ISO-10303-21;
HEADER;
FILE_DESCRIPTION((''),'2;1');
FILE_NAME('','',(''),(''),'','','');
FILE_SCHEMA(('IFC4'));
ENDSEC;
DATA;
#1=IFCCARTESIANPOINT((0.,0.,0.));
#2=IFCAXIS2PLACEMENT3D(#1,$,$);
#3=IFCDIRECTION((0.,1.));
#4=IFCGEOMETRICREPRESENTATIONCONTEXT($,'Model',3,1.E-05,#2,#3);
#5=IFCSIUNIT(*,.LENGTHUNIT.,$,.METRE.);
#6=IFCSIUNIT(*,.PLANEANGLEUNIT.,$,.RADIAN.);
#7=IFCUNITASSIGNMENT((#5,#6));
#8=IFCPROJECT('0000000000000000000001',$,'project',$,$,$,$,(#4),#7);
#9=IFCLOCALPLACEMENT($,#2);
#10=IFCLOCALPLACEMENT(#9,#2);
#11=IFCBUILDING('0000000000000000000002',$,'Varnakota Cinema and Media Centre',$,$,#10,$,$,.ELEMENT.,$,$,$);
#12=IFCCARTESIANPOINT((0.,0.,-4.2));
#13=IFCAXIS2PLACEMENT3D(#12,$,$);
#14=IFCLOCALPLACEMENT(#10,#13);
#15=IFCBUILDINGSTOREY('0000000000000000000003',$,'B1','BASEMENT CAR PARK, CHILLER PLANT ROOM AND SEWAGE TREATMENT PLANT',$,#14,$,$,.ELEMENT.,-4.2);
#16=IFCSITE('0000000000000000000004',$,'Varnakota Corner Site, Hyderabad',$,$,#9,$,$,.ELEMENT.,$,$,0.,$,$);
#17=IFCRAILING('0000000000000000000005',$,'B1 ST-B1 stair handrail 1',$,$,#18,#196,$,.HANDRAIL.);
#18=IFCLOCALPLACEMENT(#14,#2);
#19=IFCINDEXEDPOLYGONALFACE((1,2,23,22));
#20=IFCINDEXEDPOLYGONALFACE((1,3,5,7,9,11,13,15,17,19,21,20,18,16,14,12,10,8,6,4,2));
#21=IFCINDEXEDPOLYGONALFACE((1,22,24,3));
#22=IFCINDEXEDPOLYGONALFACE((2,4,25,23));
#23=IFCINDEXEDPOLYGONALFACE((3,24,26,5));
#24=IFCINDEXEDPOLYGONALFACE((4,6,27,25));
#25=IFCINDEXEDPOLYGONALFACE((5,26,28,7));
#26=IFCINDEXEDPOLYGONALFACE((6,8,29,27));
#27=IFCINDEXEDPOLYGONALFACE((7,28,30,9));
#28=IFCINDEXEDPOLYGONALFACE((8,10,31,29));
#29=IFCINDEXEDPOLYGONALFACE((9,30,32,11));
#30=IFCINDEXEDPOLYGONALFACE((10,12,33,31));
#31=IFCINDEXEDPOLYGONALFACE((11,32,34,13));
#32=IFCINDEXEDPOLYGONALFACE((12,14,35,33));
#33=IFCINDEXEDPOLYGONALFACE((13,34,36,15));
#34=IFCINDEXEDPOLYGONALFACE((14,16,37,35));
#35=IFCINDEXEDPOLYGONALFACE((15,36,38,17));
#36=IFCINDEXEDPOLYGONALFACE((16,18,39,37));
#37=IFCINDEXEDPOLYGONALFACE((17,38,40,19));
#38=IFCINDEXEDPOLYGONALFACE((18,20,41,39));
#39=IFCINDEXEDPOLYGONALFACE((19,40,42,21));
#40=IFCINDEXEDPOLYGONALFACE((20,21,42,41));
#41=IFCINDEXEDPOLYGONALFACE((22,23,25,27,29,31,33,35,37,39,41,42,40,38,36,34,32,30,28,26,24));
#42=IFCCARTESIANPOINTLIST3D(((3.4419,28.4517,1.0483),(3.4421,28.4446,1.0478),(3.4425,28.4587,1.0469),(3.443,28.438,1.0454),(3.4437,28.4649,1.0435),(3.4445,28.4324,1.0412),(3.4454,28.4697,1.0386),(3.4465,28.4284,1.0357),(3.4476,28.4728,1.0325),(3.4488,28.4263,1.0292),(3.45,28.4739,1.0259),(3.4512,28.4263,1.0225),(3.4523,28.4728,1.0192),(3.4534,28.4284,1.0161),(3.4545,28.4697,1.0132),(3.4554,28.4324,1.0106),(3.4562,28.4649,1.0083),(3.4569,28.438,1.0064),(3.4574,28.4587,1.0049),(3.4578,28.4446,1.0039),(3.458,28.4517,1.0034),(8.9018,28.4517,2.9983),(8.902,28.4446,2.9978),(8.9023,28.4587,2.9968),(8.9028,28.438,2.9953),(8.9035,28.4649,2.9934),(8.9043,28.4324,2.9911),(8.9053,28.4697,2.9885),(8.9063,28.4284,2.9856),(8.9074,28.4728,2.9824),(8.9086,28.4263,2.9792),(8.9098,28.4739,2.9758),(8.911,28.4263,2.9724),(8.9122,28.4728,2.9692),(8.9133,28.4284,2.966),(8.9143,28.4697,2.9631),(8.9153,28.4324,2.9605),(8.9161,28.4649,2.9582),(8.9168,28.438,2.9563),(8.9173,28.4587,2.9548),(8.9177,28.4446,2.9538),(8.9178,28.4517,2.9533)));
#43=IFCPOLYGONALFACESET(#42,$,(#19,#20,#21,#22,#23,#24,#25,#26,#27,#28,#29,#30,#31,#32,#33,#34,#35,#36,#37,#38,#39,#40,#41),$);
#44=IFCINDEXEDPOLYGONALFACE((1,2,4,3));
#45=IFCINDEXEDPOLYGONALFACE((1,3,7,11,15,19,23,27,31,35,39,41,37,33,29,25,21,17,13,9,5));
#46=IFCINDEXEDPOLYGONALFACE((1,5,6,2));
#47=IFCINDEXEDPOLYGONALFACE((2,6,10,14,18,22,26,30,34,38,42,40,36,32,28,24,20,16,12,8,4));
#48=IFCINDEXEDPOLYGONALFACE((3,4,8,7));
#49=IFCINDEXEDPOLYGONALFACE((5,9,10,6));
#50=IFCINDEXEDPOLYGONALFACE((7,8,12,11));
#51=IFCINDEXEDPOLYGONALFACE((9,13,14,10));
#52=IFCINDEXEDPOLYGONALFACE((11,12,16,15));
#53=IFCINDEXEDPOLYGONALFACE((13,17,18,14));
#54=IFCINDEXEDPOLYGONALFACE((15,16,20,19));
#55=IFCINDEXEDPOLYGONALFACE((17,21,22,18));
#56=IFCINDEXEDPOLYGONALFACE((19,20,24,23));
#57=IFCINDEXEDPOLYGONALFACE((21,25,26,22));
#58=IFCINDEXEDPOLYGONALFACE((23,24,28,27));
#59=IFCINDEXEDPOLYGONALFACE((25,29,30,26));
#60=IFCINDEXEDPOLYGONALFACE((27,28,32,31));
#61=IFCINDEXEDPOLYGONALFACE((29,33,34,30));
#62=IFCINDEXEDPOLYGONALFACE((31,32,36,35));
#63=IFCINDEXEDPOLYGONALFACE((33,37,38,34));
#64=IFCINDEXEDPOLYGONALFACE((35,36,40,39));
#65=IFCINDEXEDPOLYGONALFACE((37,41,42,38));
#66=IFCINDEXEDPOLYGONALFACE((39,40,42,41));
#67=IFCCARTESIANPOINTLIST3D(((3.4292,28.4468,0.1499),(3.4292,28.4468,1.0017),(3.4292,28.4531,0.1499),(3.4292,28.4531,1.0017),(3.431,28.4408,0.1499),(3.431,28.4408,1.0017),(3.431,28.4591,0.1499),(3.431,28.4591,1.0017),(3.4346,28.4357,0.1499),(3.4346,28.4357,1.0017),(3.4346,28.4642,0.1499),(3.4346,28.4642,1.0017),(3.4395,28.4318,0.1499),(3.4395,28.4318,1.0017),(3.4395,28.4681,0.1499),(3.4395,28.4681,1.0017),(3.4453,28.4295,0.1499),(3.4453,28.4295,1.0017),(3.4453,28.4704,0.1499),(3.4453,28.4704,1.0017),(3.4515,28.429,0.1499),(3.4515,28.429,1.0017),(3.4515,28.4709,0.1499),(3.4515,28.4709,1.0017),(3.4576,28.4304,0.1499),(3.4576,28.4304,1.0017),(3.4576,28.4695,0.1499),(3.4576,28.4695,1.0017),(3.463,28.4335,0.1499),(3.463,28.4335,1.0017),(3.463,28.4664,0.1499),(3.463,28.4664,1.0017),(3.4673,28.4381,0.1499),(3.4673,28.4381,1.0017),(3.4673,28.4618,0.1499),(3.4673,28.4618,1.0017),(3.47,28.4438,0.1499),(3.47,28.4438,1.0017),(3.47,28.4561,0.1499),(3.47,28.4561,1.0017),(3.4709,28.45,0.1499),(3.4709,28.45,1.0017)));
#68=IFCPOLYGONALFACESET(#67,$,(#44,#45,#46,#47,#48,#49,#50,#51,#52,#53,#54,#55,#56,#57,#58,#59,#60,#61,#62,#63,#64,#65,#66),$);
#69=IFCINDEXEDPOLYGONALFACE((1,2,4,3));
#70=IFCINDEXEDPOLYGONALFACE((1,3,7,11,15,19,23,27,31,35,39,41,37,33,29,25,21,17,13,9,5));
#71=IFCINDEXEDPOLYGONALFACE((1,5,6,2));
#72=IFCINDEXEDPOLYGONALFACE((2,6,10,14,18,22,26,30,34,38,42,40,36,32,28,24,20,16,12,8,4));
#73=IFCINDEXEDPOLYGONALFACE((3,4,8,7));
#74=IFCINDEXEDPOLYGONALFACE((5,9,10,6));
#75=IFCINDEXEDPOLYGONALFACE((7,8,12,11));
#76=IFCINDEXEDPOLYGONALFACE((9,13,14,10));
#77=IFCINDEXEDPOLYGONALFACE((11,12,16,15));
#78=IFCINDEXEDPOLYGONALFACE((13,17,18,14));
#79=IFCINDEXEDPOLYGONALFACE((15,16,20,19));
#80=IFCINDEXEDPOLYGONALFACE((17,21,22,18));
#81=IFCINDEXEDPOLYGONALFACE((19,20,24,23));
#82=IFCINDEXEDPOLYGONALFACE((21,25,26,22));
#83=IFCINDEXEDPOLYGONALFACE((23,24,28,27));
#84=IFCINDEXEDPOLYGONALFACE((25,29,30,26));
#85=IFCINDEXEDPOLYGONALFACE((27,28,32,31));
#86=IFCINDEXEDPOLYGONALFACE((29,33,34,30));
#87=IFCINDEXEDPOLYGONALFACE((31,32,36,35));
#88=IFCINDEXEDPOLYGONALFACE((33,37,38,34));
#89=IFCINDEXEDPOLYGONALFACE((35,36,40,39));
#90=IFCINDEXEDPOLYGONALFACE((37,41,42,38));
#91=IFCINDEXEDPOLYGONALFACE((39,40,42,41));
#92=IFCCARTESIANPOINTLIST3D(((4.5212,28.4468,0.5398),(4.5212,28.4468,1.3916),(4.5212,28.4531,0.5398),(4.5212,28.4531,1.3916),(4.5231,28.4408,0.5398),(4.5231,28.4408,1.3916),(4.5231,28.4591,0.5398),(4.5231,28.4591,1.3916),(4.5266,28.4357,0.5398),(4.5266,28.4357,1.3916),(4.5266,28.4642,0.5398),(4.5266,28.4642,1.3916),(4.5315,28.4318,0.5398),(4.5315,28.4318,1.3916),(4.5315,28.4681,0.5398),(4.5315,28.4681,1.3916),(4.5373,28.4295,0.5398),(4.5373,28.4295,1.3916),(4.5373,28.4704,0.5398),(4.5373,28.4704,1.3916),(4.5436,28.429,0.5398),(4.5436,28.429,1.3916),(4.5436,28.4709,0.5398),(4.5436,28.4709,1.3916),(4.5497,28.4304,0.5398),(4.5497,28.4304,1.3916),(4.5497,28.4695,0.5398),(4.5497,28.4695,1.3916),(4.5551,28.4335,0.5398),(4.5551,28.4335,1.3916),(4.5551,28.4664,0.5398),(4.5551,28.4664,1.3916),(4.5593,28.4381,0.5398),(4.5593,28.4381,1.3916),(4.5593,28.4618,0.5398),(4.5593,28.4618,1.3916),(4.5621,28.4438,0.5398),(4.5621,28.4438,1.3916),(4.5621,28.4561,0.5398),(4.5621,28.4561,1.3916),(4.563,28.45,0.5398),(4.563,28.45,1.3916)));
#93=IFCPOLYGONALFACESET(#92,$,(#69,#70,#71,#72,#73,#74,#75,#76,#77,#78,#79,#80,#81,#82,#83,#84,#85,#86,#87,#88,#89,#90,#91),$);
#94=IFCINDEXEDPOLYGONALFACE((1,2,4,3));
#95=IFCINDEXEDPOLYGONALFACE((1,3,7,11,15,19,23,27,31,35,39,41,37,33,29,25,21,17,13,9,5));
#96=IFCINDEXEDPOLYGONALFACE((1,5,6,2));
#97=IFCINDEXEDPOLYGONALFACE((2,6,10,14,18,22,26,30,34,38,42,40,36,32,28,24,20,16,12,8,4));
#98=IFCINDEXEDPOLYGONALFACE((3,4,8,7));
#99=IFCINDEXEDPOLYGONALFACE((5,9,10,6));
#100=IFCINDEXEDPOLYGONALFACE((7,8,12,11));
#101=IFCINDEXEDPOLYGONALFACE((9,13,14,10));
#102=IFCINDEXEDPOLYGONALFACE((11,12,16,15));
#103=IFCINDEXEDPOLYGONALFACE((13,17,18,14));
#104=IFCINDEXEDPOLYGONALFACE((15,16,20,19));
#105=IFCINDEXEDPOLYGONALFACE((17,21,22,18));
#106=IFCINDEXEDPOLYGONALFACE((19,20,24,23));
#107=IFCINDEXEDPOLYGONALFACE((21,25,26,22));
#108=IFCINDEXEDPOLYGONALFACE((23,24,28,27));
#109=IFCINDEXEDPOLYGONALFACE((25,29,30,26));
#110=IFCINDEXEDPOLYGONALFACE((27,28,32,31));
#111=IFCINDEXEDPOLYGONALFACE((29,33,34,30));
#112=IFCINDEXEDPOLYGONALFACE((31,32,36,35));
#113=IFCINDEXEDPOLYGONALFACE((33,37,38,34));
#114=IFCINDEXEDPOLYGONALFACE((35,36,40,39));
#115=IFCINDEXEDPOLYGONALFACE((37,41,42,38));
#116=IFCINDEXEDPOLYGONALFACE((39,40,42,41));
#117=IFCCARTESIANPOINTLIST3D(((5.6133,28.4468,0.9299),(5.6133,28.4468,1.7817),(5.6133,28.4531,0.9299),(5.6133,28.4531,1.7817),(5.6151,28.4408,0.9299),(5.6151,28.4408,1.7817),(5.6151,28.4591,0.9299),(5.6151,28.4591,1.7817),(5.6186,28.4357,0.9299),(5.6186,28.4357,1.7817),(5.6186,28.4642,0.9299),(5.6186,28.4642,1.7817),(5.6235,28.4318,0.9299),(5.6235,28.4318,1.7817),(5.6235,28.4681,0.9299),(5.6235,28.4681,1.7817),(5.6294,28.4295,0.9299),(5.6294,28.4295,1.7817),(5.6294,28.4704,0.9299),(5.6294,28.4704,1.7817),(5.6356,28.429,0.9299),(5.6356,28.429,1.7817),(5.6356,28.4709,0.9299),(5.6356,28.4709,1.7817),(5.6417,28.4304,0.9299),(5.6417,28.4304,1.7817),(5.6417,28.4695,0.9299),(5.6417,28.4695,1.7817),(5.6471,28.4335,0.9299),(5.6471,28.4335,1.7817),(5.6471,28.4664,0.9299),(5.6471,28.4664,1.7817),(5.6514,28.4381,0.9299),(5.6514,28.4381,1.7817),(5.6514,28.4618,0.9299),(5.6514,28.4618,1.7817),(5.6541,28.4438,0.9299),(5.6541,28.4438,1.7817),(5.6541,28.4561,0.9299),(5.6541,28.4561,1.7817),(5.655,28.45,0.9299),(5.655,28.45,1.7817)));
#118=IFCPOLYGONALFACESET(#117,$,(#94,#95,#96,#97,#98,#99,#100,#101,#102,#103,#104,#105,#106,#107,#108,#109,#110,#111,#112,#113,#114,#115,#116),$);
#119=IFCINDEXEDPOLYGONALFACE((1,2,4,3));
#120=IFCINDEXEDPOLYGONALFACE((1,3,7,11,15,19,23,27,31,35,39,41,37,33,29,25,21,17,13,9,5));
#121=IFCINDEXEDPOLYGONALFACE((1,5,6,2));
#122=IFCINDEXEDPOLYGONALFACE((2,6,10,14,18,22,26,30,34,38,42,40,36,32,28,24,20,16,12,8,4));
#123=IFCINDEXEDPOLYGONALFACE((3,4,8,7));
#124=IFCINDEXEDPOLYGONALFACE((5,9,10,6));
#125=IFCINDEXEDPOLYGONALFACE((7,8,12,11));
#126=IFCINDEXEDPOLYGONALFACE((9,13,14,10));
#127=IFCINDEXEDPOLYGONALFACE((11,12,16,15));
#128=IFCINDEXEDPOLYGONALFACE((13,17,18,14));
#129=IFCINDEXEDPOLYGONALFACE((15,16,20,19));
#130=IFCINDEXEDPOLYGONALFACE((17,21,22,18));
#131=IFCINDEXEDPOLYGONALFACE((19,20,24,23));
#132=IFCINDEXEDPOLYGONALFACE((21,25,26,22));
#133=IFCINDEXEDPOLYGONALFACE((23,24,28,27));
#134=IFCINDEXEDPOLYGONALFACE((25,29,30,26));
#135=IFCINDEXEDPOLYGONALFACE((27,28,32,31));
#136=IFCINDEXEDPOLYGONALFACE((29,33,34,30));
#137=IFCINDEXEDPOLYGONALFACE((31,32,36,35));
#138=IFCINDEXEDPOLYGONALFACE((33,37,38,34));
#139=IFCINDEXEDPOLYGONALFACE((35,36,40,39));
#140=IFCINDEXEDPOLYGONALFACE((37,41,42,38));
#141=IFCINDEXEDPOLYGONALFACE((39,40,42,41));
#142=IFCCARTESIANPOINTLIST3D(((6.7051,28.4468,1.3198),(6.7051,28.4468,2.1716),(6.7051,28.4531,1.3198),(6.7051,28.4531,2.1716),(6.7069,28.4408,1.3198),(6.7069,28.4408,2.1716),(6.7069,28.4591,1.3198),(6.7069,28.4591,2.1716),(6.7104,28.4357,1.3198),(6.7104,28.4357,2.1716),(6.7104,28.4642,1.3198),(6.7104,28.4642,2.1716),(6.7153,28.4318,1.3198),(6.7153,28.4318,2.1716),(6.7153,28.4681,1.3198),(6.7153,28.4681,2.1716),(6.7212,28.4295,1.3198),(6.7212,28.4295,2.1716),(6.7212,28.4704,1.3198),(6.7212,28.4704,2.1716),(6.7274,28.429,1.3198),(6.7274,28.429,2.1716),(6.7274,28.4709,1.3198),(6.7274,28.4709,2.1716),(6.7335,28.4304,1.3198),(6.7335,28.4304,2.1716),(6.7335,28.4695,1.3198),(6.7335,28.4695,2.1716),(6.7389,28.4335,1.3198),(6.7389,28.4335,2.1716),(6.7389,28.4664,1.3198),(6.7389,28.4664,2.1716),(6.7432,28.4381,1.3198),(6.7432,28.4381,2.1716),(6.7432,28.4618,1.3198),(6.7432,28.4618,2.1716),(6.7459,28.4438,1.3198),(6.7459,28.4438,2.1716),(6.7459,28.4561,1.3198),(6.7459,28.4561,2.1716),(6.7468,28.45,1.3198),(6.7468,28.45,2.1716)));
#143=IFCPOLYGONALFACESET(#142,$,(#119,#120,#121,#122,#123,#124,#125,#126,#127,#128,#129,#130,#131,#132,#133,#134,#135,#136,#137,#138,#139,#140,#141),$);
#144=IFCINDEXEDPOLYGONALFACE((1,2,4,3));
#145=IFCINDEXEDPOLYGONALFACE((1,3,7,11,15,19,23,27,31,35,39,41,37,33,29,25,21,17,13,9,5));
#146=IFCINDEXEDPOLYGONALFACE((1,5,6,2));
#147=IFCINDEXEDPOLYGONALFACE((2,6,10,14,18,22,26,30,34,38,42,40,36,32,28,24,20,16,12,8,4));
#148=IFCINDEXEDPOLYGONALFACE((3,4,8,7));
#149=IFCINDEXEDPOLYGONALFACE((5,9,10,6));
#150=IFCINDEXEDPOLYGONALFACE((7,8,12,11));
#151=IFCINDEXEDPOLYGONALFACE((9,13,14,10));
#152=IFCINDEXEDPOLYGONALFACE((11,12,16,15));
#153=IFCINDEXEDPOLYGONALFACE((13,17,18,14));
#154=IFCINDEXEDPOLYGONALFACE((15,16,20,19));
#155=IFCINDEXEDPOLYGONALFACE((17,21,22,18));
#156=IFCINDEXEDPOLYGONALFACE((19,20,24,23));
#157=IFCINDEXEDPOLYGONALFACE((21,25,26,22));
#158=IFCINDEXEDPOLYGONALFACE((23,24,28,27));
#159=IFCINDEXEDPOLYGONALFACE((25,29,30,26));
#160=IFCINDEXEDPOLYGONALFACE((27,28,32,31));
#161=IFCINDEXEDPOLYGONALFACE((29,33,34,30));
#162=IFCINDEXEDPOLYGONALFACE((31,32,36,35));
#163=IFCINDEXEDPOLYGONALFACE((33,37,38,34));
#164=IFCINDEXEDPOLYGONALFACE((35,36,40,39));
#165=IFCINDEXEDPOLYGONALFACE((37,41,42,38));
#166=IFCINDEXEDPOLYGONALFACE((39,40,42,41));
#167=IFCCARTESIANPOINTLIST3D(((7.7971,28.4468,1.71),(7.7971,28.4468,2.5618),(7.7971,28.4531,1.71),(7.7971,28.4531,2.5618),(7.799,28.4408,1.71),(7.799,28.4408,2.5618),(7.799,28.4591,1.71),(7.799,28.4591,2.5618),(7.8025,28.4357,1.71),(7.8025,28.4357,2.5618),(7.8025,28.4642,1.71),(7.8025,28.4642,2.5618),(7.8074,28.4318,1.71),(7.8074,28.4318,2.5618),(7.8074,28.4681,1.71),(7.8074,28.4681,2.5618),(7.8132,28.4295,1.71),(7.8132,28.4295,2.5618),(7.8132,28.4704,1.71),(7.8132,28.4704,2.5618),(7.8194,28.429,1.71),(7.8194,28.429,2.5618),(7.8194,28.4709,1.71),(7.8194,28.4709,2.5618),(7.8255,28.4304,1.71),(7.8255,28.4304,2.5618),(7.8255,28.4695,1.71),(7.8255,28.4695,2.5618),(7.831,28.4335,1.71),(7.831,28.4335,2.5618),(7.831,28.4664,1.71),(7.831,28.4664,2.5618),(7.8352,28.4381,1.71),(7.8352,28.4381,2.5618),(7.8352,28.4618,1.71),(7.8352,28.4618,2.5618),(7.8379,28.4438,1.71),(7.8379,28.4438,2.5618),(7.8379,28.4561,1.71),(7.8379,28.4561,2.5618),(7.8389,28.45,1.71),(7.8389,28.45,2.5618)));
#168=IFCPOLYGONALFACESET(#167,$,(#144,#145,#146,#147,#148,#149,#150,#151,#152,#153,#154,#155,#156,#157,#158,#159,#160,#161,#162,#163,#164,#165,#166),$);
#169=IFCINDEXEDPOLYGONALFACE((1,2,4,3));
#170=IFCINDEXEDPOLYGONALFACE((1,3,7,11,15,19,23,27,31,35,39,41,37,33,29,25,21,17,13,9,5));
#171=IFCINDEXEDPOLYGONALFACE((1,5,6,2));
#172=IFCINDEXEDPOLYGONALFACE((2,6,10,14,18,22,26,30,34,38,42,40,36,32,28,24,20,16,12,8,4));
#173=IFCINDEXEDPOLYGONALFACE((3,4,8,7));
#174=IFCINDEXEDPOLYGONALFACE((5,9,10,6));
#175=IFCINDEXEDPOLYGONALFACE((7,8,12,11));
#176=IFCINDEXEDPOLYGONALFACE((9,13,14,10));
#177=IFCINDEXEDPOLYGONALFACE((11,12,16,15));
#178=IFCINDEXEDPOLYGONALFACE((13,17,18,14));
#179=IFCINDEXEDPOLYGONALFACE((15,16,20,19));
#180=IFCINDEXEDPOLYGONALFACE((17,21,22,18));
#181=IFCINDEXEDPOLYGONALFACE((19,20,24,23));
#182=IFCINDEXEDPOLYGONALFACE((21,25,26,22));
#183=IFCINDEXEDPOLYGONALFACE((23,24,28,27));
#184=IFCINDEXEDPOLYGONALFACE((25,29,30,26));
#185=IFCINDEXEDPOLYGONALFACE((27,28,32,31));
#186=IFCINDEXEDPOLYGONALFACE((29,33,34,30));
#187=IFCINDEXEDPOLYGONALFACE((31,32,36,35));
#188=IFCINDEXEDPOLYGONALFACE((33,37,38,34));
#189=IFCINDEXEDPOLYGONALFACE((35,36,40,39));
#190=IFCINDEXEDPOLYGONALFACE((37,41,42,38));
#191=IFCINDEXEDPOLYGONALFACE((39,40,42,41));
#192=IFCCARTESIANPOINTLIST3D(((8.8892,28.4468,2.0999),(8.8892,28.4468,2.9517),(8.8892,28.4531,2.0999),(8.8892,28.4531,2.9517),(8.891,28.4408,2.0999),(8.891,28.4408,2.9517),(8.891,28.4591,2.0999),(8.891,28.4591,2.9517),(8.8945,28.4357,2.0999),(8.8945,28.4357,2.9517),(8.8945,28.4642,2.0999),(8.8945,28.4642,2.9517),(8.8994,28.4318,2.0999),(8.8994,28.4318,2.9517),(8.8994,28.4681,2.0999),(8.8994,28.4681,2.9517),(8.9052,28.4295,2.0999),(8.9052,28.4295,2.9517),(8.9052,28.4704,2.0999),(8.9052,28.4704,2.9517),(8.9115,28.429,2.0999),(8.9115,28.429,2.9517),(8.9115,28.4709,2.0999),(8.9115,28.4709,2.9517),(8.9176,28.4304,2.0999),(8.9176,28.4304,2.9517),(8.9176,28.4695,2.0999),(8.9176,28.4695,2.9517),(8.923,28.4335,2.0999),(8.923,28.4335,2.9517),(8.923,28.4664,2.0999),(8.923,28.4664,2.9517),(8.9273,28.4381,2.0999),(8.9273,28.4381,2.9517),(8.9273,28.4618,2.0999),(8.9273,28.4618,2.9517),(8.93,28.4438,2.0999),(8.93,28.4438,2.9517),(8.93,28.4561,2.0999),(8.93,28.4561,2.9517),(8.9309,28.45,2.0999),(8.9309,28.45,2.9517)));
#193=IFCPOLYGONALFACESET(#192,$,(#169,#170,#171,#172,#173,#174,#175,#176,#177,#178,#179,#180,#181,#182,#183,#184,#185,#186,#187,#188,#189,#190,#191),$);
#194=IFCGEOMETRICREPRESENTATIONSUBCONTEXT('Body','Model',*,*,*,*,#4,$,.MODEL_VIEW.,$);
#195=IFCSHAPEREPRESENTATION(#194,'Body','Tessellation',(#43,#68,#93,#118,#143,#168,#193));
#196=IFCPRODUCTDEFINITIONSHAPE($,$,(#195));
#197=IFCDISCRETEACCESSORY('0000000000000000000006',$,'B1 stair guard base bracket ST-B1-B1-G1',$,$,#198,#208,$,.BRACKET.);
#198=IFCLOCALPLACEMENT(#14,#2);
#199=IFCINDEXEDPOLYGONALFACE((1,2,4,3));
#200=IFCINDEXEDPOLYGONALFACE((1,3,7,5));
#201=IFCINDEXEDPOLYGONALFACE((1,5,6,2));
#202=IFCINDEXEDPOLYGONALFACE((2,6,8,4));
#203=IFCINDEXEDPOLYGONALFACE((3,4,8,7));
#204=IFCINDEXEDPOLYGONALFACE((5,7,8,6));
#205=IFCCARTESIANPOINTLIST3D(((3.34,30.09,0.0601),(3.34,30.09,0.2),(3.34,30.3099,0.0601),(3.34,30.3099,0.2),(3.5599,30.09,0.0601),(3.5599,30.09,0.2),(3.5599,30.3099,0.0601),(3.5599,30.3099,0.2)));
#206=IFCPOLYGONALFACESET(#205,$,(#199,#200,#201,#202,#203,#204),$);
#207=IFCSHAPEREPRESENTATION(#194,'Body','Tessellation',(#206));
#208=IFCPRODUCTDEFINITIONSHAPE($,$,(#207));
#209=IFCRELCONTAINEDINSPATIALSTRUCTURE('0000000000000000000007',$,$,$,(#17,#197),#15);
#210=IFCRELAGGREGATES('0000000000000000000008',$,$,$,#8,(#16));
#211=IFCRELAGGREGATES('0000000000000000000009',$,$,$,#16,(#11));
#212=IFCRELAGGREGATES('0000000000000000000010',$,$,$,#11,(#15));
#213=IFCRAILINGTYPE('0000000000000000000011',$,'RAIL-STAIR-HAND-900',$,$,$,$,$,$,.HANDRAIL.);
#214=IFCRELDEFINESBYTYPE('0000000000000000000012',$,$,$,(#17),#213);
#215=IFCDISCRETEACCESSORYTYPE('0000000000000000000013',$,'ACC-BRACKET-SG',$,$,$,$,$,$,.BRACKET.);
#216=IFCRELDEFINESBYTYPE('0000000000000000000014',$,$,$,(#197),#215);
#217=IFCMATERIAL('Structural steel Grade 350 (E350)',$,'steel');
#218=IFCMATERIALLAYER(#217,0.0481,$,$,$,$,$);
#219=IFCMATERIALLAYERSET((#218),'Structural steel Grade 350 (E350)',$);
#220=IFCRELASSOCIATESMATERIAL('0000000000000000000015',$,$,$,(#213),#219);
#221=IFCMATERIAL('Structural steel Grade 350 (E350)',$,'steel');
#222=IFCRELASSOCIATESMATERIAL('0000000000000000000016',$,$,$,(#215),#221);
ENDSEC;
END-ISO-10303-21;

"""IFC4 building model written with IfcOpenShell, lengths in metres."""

from ifc_helpers import new_model, si_unit, direction, frame, origin, origin_2d, place, context, subcontext, project, spatial, rectangle, circle, extrude, material, layer, layer_set, type_object, element, save


model = new_model("IFC4")

# Units and contexts
model_context = context("Model", 3, precision=1e-05, world=origin(), true_north=direction((0.0, 1.0)))
body_context = subcontext(model_context, "Body", "Model", "MODEL_VIEW")
ifc_project = project(units=[si_unit("LENGTHUNIT", "METRE"), si_unit("PLANEANGLEUNIT", "RADIAN")], contexts=[model_context])

# Site, building, storey
site_placement = place(None, origin())
site = spatial("IfcSite", under=ifc_project, at=site_placement, Name="Varnakota Corner Site, Hyderabad", CompositionType="ELEMENT", RefElevation=0.0)
building_placement = place(site_placement, origin())
building = spatial("IfcBuilding", under=site, at=building_placement, Name="Varnakota Cinema and Media Centre", CompositionType="ELEMENT")
storey_placement = place(building_placement, frame((0.0, 0.0, -4.2)))
storey = spatial("IfcBuildingStorey", under=building, at=storey_placement, Name="B1", Description="BASEMENT CAR PARK, CHILLER PLANT ROOM AND SEWAGE TREATMENT PLANT", CompositionType="ELEMENT", Elevation=-4.2)

# Railing
ifc_material_1 = material(Name="Structural steel Grade 350 (E350)", Category="steel")
ifc_layer_1 = layer(ifc_material_1, 0.0481)
ifc_layer_set_1 = layer_set([ifc_layer_1], Name="Structural steel Grade 350 (E350)")
railing_type_1 = type_object("IfcRailingType", Name="RAIL-STAIR-HAND-900", PredefinedType="HANDRAIL", material=ifc_layer_set_1)
railing_1_placement = place(storey_placement, frame((3.45, 28.45, 0.1499)))
element("IfcRailing", 1, at=railing_1_placement, inside=storey, type_object=railing_type_1, Name="B1 ST-B1 stair handrail 1", PredefinedType="HANDRAIL", context=body_context, shape_type="SweptSolid", body=[
    extrude(circle(Radius=0.0239, at=origin_2d()), frame((0.0, 0.0, 0.876), z_axis=(0.941744, 0.0, 0.336331), x_axis=(0.0, 1.0, 0.0)), (0.0, 0.0, 1.0), 5.7976),
    extrude(circle(Radius=0.021, at=origin_2d()), origin(), (0.0, 0.0, 1.0), 0.8518),
    extrude(circle(Radius=0.021, at=origin_2d()), frame((1.092, 0.0, 0.3899)), (0.0, 0.0, 1.0), 0.8518),
    extrude(circle(Radius=0.021, at=origin_2d()), frame((2.1841, 0.0, 0.78)), (0.0, 0.0, 1.0), 0.8518),
    extrude(circle(Radius=0.021, at=origin_2d()), frame((3.2759, 0.0, 1.1699)), (0.0, 0.0, 1.0), 0.8518),
    extrude(circle(Radius=0.021, at=origin_2d()), frame((4.3679, 0.0, 1.5601)), (0.0, 0.0, 1.0), 0.8518),
    extrude(circle(Radius=0.021, at=origin_2d()), frame((5.46, 0.0, 1.95)), (0.0, 0.0, 1.0), 0.8518),
])

# Discrete accessory
ifc_material_2 = material(Name="Structural steel Grade 350 (E350)", Category="steel")
discrete_accessory_type = type_object("IfcDiscreteAccessoryType", Name="ACC-BRACKET-SG", PredefinedType="BRACKET", material=ifc_material_2)
for number, where, z_axis, x_axis, name in (
    (2, (3.45, 30.2, 0.0601), (0.0, 0.0, 1.0), (1.0, 0.0, 0.0), "B1 stair guard base bracket ST-B1-B1-G1"),
):
    element("IfcDiscreteAccessory", number, at=place(storey_placement, frame(where, z_axis=z_axis, x_axis=x_axis)), inside=storey, type_object=discrete_accessory_type, Name=name, PredefinedType="BRACKET", context=body_context, shape_type="SweptSolid", body=[
        extrude(rectangle(XDim=0.22, YDim=0.22, at=origin_2d()), origin(), (0.0, 0.0, 1.0), 0.1399),
    ])

save(model, "model.ifc")
